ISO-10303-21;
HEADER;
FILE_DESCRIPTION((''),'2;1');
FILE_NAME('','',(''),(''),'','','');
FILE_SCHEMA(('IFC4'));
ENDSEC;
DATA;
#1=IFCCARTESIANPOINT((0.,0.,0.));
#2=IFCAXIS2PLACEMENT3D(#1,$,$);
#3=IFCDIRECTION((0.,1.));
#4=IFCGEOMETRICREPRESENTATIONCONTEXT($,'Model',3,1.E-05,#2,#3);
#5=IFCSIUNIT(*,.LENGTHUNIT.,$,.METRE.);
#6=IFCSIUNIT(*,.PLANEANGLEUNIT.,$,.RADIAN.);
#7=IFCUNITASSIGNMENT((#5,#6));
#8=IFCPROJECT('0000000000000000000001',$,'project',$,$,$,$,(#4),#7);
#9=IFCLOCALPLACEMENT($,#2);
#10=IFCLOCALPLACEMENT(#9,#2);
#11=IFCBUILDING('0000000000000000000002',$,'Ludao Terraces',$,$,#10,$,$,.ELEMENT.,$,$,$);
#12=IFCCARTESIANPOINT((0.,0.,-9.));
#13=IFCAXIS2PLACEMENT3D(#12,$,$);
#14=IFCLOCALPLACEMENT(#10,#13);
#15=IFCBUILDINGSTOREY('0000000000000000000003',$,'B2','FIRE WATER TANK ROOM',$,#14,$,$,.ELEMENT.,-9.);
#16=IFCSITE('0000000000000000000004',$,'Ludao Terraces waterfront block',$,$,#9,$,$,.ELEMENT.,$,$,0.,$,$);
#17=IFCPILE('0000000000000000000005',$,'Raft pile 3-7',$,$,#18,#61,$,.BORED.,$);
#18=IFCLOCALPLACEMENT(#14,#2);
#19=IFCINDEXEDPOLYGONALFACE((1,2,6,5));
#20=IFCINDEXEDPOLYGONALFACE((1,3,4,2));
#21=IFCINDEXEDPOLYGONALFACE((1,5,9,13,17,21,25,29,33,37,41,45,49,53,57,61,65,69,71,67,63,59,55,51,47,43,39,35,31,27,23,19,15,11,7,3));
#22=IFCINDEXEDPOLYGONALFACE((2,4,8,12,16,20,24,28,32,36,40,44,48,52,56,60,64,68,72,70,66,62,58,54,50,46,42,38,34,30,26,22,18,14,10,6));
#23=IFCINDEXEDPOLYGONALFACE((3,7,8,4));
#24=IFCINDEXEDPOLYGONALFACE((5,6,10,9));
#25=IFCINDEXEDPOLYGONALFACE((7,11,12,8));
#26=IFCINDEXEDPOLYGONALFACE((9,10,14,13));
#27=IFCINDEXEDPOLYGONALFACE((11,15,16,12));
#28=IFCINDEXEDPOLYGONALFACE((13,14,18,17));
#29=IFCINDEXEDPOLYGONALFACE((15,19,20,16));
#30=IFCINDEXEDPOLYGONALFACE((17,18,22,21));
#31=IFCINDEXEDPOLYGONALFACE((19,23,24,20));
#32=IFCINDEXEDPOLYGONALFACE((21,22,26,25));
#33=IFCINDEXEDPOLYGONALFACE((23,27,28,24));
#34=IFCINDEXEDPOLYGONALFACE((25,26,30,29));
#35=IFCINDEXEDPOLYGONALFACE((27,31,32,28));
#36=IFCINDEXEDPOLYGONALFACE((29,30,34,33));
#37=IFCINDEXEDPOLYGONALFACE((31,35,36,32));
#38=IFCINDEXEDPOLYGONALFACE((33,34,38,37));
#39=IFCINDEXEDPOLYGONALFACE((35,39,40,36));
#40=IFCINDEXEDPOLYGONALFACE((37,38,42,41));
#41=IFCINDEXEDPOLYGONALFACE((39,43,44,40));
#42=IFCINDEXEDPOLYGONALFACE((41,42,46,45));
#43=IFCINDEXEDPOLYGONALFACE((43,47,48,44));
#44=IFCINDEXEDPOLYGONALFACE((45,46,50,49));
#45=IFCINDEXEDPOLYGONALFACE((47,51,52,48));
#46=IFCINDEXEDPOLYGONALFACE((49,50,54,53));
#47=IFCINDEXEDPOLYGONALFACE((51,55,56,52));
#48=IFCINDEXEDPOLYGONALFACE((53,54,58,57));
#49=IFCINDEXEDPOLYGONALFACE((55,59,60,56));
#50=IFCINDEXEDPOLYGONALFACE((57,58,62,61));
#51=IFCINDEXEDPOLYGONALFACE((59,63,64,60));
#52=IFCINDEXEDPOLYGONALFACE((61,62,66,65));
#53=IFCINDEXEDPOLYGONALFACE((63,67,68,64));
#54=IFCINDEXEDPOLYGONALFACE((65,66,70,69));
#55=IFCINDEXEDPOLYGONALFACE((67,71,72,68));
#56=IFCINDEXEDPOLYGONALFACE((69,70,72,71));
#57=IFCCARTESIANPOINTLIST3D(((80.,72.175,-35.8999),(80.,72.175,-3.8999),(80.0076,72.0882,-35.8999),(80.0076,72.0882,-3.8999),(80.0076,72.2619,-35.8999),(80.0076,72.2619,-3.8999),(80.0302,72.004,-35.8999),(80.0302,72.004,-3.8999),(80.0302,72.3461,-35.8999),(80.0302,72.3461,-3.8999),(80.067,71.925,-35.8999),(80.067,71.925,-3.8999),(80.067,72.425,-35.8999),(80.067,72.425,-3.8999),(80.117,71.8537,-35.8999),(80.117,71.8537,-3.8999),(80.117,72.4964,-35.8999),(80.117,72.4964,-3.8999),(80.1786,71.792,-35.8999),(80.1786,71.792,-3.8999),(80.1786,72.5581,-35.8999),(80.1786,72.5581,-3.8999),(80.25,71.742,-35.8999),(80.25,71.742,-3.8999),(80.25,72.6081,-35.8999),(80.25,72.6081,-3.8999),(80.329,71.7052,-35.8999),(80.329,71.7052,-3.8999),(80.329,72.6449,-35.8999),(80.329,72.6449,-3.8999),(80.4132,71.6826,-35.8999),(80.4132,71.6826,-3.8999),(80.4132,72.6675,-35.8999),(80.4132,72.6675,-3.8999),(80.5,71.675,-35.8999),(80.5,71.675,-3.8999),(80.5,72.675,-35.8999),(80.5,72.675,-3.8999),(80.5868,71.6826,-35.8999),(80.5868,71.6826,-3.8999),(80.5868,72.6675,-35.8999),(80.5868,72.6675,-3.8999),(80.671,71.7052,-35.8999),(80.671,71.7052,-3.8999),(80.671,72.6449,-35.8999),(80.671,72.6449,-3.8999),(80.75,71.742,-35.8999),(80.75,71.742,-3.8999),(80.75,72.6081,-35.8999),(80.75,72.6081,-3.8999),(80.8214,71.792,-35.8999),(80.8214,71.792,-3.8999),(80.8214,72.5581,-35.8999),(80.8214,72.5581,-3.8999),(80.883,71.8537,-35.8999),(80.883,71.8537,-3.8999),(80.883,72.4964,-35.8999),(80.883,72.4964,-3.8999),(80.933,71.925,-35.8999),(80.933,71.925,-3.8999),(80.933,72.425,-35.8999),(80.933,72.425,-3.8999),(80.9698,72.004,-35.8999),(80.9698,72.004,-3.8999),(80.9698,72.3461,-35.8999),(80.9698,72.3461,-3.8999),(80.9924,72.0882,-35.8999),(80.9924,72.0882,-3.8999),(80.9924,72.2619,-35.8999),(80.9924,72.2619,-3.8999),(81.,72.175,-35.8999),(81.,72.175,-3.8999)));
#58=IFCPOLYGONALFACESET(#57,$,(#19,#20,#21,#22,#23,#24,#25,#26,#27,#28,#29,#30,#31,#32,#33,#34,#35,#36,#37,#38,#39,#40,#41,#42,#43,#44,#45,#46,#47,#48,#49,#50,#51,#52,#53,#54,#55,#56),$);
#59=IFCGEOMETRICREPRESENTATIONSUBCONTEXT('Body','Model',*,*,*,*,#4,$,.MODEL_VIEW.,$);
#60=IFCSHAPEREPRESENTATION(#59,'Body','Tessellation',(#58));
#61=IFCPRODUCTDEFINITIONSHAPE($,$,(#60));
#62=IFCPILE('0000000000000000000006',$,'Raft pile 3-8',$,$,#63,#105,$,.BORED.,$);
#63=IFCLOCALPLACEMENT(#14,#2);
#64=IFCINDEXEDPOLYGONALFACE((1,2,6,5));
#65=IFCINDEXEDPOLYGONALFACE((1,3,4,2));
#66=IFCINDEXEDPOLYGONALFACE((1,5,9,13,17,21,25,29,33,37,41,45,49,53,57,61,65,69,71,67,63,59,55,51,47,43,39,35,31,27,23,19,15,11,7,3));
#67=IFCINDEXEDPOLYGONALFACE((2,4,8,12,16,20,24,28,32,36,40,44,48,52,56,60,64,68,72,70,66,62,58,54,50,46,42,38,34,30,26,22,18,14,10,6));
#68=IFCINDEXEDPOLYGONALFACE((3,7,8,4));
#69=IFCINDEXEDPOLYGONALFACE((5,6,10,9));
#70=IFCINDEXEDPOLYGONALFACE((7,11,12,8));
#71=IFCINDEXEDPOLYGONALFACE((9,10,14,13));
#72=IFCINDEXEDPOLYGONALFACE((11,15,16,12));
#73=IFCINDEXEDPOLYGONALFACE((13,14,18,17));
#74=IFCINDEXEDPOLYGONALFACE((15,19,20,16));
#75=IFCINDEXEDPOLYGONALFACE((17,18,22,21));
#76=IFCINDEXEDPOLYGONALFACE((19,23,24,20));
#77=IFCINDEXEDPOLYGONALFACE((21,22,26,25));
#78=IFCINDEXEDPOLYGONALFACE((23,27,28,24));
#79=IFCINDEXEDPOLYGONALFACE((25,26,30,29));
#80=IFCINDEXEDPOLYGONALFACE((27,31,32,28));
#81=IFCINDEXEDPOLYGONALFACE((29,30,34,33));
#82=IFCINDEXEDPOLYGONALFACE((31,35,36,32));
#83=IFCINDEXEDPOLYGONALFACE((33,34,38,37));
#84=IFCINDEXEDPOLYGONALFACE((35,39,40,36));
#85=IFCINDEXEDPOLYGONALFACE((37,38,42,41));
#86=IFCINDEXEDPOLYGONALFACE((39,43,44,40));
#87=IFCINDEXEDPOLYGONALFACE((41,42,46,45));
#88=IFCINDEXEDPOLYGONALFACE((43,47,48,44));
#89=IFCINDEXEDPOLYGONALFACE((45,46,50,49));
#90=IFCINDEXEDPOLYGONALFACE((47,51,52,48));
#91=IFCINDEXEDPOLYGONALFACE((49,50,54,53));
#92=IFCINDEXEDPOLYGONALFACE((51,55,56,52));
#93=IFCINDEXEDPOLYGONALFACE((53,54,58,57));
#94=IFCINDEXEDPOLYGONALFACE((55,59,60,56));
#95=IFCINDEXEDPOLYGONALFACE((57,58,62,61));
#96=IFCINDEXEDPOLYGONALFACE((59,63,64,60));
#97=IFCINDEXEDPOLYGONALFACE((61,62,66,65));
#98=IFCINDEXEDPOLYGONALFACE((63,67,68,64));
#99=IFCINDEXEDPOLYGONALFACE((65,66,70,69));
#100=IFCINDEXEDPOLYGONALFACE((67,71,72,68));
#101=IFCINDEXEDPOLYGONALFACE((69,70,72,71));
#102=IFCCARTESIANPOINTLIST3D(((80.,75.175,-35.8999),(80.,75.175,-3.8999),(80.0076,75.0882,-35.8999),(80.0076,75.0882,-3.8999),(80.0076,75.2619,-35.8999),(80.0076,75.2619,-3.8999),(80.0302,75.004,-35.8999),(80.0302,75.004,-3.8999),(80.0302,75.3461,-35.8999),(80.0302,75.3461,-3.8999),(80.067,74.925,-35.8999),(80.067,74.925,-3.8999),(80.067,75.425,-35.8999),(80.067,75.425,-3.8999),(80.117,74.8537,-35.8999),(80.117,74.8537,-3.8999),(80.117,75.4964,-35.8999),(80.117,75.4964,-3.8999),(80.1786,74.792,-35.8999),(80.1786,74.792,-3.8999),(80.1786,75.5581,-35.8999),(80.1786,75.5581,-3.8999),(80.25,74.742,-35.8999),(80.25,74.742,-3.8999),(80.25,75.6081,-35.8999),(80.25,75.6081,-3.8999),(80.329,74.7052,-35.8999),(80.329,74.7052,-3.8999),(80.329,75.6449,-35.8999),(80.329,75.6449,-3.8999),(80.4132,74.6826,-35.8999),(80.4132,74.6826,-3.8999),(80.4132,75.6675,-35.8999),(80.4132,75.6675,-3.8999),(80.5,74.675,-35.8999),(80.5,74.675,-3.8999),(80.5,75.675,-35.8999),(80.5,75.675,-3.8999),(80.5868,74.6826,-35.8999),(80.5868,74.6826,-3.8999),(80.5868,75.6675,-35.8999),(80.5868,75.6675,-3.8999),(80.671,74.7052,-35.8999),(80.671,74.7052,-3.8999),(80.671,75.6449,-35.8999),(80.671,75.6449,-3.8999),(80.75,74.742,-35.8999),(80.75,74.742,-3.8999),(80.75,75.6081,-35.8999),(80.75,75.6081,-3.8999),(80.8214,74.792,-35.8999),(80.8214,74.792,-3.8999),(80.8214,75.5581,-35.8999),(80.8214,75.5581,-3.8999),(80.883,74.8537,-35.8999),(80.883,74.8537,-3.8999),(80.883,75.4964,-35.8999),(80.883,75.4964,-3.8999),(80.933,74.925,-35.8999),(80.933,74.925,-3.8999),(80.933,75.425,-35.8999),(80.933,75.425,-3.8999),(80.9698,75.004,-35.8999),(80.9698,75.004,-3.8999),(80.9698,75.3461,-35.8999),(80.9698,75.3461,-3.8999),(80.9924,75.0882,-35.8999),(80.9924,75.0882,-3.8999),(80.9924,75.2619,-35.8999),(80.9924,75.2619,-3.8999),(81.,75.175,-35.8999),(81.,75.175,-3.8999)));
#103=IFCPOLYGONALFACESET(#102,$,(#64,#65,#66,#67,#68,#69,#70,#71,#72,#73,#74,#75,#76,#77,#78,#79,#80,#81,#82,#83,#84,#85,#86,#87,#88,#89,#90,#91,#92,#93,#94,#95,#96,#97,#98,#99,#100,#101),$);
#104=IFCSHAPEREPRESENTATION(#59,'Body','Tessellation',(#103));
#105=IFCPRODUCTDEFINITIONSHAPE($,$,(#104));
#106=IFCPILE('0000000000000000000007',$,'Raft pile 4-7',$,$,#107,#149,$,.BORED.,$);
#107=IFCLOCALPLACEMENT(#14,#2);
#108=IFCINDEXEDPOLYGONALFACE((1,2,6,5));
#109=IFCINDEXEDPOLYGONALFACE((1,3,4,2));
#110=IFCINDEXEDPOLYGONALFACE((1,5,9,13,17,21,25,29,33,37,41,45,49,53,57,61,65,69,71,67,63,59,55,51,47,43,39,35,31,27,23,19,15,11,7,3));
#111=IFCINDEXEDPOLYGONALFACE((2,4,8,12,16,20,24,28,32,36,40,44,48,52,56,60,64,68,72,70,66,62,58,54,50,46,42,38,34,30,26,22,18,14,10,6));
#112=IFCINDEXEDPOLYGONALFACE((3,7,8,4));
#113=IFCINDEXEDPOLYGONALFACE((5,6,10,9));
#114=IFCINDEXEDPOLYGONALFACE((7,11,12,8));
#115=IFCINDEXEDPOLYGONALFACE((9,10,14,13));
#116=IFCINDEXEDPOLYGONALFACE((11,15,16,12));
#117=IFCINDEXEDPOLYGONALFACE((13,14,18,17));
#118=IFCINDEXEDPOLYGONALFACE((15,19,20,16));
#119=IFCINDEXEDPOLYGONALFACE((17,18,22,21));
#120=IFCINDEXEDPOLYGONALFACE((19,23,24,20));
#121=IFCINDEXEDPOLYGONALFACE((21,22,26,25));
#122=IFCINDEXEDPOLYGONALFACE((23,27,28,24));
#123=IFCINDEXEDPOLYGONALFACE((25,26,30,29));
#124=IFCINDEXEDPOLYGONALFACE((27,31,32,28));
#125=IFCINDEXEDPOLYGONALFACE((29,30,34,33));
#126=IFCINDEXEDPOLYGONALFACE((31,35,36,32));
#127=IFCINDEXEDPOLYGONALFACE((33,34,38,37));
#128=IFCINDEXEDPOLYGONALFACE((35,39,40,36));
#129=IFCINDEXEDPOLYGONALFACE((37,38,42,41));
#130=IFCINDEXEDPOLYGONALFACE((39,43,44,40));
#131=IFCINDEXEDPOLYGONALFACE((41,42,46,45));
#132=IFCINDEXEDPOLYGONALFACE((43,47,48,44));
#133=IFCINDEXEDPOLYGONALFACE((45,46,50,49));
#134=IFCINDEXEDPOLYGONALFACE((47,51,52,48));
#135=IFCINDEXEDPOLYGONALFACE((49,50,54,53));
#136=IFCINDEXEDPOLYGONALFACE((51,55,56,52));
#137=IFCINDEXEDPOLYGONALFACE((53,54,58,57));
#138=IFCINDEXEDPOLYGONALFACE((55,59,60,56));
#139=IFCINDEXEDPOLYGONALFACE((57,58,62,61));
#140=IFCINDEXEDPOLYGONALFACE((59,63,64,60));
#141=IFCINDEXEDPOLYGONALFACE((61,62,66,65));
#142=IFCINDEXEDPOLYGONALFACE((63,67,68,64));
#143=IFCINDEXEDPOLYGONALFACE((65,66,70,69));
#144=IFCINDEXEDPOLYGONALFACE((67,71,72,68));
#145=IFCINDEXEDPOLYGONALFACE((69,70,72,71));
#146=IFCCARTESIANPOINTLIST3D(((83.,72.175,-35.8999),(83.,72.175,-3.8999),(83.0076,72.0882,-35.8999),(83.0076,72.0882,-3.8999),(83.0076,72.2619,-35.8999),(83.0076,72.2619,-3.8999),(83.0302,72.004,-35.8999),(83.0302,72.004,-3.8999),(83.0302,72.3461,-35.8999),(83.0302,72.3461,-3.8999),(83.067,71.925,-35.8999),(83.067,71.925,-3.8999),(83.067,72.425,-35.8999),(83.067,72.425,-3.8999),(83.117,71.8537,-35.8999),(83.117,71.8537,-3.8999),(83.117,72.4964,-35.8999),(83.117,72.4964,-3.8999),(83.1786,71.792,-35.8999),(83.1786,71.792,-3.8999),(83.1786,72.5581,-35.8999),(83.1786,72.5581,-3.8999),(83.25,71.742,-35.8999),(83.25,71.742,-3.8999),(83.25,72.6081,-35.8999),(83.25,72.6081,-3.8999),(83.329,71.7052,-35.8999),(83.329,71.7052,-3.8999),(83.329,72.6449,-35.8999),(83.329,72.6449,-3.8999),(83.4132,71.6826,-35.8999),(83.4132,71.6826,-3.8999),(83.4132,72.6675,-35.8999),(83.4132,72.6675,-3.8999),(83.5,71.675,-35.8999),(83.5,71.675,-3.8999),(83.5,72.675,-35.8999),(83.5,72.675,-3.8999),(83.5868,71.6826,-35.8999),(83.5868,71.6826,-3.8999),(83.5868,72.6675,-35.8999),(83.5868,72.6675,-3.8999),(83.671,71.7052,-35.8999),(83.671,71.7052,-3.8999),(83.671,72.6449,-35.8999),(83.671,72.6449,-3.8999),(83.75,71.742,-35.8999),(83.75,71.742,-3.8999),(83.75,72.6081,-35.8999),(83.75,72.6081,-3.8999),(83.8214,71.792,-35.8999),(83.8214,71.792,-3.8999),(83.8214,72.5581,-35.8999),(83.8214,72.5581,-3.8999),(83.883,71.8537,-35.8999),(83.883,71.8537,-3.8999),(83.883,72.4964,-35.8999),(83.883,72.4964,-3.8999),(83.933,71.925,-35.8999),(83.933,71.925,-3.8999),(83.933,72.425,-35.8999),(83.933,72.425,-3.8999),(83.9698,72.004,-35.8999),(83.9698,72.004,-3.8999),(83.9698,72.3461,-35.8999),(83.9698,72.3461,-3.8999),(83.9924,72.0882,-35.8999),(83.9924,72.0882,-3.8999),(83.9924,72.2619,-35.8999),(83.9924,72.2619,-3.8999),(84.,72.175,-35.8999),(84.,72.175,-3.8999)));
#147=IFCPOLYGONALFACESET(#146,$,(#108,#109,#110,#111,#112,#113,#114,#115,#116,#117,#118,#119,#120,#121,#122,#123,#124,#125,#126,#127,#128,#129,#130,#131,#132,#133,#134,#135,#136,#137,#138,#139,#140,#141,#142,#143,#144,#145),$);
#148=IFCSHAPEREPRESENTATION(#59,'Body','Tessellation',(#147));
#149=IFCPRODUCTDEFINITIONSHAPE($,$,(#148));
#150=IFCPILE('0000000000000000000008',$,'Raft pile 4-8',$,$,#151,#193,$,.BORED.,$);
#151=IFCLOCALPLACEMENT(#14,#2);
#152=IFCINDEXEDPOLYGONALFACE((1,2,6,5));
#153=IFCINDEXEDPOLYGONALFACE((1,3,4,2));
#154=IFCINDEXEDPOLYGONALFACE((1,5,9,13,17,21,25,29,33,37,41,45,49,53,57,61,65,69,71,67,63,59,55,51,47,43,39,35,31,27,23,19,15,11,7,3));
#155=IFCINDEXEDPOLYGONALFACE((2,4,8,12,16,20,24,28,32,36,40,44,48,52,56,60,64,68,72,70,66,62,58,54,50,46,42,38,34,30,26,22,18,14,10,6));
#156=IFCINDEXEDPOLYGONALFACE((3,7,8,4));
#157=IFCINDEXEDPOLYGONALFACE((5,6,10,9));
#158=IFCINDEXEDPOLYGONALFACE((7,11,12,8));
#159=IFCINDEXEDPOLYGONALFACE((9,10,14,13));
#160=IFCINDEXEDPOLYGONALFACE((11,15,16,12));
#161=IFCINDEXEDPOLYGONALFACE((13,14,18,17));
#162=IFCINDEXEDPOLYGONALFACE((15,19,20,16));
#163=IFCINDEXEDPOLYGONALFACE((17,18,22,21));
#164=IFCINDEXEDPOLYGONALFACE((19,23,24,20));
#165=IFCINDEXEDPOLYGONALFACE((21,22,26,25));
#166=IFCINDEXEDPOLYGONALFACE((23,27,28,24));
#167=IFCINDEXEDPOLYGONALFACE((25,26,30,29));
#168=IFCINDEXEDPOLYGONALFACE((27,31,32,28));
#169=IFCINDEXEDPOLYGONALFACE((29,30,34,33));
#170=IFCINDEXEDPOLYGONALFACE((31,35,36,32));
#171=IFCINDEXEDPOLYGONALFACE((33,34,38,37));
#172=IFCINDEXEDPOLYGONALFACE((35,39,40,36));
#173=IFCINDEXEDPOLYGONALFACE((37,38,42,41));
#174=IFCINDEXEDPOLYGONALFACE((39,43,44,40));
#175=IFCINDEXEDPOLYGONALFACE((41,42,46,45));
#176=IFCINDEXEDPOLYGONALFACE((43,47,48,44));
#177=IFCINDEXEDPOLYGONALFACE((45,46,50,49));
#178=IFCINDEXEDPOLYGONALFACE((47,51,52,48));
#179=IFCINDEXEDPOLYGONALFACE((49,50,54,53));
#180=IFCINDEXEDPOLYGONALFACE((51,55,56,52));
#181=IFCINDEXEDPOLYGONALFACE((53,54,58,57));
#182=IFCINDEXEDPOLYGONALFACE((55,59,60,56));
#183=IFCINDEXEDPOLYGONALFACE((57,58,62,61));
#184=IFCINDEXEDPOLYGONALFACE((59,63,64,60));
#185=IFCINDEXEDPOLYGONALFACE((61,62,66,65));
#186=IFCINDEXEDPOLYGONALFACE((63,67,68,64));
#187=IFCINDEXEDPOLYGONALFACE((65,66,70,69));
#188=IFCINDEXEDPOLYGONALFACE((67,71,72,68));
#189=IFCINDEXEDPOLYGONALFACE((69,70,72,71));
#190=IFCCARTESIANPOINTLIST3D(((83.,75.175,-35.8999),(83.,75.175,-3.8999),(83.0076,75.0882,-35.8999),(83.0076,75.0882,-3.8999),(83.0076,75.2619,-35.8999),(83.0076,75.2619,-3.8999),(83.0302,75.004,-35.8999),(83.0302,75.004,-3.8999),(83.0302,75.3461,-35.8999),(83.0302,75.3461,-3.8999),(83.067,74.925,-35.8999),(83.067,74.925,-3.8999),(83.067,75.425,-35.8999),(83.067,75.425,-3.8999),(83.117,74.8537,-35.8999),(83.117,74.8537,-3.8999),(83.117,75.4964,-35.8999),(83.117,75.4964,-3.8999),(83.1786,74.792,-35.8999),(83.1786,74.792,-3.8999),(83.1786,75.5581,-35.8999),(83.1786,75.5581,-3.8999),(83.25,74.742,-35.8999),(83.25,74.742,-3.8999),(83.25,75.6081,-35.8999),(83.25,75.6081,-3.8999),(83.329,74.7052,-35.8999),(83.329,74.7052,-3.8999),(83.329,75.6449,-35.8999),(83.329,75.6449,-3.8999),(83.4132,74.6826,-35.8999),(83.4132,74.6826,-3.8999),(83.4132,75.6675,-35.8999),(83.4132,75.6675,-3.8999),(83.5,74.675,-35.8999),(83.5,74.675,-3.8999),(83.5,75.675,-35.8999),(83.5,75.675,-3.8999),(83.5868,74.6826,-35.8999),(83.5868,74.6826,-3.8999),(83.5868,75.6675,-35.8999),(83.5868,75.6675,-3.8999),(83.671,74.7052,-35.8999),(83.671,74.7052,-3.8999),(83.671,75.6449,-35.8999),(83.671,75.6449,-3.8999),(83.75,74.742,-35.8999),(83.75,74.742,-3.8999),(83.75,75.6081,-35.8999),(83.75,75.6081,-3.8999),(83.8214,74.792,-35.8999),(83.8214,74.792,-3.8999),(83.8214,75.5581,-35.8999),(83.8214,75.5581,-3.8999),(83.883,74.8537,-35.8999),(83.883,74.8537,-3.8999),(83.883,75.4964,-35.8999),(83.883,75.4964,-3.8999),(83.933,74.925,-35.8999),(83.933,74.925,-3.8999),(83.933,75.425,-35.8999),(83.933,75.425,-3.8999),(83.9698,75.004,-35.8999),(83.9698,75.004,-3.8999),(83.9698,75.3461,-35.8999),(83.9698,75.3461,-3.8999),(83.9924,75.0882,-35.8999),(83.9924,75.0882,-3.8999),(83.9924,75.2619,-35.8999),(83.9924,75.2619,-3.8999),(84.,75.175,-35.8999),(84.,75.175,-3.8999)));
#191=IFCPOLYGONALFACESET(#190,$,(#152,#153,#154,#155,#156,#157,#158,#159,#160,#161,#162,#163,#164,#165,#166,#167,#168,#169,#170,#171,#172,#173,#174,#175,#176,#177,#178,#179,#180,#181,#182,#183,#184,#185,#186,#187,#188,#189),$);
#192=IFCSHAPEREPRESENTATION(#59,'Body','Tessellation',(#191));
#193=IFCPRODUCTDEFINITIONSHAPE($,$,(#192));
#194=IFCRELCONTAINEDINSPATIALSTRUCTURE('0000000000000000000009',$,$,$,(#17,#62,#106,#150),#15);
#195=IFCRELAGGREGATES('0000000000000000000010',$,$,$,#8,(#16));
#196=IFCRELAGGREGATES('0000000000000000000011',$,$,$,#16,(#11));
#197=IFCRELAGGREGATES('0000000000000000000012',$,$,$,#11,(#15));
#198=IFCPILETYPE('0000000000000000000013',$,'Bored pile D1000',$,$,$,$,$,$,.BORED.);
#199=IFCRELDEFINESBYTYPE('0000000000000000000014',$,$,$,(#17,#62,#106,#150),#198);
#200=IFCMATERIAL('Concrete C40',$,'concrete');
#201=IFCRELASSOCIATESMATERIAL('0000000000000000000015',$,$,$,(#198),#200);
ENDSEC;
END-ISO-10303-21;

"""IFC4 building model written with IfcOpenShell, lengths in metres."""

from ifc_helpers import new_model, si_unit, direction, frame, origin, origin_2d, place, context, subcontext, project, spatial, circle, extrude, material, material_profile, profile_set, type_object, element, save


model = new_model("IFC4")

# Units and contexts
model_context = context("Model", 3, precision=1e-05, world=origin(), true_north=direction((0.0, 1.0)))
body_context = subcontext(model_context, "Body", "Model", "MODEL_VIEW")
ifc_project = project(units=[si_unit("LENGTHUNIT", "METRE"), si_unit("PLANEANGLEUNIT", "RADIAN")], contexts=[model_context])

# Site, building, storey
site_placement = place(None, origin())
site = spatial("IfcSite", under=ifc_project, at=site_placement, Name="Ludao Terraces waterfront block", CompositionType="ELEMENT", RefElevation=0.0)
building_placement = place(site_placement, origin())
building = spatial("IfcBuilding", under=site, at=building_placement, Name="Ludao Terraces", CompositionType="ELEMENT")
storey_placement = place(building_placement, frame((0.0, 0.0, -9.0)))
storey = spatial("IfcBuildingStorey", under=building, at=storey_placement, Name="B2", Description="FIRE WATER TANK ROOM", CompositionType="ELEMENT", Elevation=-9.0)

# Piles
ifc_material_1 = material(Name="Concrete C40", Category="concrete")
ifc_material_profile = material_profile(ifc_material_1, circle(Radius=0.5, at=origin_2d()), Name="D1000 BORED PILE")
ifc_profile_set = profile_set([ifc_material_profile], Name="Concrete C40")
pile_type = type_object("IfcPileType", Name="Bored pile D1000", PredefinedType="BORED", material=ifc_profile_set)
for number, where, z_axis, x_axis, name in (
    (1, (80.5, 72.175, -3.8999), (0.0, 0.0, -1.0), (1.0, 0.0, 0.0), "Raft pile 3-7"),
    (2, (80.5, 75.175, -3.8999), (0.0, 0.0, -1.0), (1.0, 0.0, 0.0), "Raft pile 3-8"),
    (3, (83.5, 72.175, -3.8999), (0.0, 0.0, -1.0), (1.0, 0.0, 0.0), "Raft pile 4-7"),
    (4, (83.5, 75.175, -3.8999), (0.0, 0.0, -1.0), (1.0, 0.0, 0.0), "Raft pile 4-8"),
):
    element("IfcPile", number, at=place(storey_placement, frame(where, z_axis=z_axis, x_axis=x_axis)), inside=storey, type_object=pile_type, Name=name, PredefinedType="BORED", context=body_context, shape_type="SweptSolid", body=[
        extrude(circle(Radius=0.5, at=origin_2d()), origin(), (0.0, 0.0, 1.0), 32.0),
    ])

save(model, "model.ifc")
